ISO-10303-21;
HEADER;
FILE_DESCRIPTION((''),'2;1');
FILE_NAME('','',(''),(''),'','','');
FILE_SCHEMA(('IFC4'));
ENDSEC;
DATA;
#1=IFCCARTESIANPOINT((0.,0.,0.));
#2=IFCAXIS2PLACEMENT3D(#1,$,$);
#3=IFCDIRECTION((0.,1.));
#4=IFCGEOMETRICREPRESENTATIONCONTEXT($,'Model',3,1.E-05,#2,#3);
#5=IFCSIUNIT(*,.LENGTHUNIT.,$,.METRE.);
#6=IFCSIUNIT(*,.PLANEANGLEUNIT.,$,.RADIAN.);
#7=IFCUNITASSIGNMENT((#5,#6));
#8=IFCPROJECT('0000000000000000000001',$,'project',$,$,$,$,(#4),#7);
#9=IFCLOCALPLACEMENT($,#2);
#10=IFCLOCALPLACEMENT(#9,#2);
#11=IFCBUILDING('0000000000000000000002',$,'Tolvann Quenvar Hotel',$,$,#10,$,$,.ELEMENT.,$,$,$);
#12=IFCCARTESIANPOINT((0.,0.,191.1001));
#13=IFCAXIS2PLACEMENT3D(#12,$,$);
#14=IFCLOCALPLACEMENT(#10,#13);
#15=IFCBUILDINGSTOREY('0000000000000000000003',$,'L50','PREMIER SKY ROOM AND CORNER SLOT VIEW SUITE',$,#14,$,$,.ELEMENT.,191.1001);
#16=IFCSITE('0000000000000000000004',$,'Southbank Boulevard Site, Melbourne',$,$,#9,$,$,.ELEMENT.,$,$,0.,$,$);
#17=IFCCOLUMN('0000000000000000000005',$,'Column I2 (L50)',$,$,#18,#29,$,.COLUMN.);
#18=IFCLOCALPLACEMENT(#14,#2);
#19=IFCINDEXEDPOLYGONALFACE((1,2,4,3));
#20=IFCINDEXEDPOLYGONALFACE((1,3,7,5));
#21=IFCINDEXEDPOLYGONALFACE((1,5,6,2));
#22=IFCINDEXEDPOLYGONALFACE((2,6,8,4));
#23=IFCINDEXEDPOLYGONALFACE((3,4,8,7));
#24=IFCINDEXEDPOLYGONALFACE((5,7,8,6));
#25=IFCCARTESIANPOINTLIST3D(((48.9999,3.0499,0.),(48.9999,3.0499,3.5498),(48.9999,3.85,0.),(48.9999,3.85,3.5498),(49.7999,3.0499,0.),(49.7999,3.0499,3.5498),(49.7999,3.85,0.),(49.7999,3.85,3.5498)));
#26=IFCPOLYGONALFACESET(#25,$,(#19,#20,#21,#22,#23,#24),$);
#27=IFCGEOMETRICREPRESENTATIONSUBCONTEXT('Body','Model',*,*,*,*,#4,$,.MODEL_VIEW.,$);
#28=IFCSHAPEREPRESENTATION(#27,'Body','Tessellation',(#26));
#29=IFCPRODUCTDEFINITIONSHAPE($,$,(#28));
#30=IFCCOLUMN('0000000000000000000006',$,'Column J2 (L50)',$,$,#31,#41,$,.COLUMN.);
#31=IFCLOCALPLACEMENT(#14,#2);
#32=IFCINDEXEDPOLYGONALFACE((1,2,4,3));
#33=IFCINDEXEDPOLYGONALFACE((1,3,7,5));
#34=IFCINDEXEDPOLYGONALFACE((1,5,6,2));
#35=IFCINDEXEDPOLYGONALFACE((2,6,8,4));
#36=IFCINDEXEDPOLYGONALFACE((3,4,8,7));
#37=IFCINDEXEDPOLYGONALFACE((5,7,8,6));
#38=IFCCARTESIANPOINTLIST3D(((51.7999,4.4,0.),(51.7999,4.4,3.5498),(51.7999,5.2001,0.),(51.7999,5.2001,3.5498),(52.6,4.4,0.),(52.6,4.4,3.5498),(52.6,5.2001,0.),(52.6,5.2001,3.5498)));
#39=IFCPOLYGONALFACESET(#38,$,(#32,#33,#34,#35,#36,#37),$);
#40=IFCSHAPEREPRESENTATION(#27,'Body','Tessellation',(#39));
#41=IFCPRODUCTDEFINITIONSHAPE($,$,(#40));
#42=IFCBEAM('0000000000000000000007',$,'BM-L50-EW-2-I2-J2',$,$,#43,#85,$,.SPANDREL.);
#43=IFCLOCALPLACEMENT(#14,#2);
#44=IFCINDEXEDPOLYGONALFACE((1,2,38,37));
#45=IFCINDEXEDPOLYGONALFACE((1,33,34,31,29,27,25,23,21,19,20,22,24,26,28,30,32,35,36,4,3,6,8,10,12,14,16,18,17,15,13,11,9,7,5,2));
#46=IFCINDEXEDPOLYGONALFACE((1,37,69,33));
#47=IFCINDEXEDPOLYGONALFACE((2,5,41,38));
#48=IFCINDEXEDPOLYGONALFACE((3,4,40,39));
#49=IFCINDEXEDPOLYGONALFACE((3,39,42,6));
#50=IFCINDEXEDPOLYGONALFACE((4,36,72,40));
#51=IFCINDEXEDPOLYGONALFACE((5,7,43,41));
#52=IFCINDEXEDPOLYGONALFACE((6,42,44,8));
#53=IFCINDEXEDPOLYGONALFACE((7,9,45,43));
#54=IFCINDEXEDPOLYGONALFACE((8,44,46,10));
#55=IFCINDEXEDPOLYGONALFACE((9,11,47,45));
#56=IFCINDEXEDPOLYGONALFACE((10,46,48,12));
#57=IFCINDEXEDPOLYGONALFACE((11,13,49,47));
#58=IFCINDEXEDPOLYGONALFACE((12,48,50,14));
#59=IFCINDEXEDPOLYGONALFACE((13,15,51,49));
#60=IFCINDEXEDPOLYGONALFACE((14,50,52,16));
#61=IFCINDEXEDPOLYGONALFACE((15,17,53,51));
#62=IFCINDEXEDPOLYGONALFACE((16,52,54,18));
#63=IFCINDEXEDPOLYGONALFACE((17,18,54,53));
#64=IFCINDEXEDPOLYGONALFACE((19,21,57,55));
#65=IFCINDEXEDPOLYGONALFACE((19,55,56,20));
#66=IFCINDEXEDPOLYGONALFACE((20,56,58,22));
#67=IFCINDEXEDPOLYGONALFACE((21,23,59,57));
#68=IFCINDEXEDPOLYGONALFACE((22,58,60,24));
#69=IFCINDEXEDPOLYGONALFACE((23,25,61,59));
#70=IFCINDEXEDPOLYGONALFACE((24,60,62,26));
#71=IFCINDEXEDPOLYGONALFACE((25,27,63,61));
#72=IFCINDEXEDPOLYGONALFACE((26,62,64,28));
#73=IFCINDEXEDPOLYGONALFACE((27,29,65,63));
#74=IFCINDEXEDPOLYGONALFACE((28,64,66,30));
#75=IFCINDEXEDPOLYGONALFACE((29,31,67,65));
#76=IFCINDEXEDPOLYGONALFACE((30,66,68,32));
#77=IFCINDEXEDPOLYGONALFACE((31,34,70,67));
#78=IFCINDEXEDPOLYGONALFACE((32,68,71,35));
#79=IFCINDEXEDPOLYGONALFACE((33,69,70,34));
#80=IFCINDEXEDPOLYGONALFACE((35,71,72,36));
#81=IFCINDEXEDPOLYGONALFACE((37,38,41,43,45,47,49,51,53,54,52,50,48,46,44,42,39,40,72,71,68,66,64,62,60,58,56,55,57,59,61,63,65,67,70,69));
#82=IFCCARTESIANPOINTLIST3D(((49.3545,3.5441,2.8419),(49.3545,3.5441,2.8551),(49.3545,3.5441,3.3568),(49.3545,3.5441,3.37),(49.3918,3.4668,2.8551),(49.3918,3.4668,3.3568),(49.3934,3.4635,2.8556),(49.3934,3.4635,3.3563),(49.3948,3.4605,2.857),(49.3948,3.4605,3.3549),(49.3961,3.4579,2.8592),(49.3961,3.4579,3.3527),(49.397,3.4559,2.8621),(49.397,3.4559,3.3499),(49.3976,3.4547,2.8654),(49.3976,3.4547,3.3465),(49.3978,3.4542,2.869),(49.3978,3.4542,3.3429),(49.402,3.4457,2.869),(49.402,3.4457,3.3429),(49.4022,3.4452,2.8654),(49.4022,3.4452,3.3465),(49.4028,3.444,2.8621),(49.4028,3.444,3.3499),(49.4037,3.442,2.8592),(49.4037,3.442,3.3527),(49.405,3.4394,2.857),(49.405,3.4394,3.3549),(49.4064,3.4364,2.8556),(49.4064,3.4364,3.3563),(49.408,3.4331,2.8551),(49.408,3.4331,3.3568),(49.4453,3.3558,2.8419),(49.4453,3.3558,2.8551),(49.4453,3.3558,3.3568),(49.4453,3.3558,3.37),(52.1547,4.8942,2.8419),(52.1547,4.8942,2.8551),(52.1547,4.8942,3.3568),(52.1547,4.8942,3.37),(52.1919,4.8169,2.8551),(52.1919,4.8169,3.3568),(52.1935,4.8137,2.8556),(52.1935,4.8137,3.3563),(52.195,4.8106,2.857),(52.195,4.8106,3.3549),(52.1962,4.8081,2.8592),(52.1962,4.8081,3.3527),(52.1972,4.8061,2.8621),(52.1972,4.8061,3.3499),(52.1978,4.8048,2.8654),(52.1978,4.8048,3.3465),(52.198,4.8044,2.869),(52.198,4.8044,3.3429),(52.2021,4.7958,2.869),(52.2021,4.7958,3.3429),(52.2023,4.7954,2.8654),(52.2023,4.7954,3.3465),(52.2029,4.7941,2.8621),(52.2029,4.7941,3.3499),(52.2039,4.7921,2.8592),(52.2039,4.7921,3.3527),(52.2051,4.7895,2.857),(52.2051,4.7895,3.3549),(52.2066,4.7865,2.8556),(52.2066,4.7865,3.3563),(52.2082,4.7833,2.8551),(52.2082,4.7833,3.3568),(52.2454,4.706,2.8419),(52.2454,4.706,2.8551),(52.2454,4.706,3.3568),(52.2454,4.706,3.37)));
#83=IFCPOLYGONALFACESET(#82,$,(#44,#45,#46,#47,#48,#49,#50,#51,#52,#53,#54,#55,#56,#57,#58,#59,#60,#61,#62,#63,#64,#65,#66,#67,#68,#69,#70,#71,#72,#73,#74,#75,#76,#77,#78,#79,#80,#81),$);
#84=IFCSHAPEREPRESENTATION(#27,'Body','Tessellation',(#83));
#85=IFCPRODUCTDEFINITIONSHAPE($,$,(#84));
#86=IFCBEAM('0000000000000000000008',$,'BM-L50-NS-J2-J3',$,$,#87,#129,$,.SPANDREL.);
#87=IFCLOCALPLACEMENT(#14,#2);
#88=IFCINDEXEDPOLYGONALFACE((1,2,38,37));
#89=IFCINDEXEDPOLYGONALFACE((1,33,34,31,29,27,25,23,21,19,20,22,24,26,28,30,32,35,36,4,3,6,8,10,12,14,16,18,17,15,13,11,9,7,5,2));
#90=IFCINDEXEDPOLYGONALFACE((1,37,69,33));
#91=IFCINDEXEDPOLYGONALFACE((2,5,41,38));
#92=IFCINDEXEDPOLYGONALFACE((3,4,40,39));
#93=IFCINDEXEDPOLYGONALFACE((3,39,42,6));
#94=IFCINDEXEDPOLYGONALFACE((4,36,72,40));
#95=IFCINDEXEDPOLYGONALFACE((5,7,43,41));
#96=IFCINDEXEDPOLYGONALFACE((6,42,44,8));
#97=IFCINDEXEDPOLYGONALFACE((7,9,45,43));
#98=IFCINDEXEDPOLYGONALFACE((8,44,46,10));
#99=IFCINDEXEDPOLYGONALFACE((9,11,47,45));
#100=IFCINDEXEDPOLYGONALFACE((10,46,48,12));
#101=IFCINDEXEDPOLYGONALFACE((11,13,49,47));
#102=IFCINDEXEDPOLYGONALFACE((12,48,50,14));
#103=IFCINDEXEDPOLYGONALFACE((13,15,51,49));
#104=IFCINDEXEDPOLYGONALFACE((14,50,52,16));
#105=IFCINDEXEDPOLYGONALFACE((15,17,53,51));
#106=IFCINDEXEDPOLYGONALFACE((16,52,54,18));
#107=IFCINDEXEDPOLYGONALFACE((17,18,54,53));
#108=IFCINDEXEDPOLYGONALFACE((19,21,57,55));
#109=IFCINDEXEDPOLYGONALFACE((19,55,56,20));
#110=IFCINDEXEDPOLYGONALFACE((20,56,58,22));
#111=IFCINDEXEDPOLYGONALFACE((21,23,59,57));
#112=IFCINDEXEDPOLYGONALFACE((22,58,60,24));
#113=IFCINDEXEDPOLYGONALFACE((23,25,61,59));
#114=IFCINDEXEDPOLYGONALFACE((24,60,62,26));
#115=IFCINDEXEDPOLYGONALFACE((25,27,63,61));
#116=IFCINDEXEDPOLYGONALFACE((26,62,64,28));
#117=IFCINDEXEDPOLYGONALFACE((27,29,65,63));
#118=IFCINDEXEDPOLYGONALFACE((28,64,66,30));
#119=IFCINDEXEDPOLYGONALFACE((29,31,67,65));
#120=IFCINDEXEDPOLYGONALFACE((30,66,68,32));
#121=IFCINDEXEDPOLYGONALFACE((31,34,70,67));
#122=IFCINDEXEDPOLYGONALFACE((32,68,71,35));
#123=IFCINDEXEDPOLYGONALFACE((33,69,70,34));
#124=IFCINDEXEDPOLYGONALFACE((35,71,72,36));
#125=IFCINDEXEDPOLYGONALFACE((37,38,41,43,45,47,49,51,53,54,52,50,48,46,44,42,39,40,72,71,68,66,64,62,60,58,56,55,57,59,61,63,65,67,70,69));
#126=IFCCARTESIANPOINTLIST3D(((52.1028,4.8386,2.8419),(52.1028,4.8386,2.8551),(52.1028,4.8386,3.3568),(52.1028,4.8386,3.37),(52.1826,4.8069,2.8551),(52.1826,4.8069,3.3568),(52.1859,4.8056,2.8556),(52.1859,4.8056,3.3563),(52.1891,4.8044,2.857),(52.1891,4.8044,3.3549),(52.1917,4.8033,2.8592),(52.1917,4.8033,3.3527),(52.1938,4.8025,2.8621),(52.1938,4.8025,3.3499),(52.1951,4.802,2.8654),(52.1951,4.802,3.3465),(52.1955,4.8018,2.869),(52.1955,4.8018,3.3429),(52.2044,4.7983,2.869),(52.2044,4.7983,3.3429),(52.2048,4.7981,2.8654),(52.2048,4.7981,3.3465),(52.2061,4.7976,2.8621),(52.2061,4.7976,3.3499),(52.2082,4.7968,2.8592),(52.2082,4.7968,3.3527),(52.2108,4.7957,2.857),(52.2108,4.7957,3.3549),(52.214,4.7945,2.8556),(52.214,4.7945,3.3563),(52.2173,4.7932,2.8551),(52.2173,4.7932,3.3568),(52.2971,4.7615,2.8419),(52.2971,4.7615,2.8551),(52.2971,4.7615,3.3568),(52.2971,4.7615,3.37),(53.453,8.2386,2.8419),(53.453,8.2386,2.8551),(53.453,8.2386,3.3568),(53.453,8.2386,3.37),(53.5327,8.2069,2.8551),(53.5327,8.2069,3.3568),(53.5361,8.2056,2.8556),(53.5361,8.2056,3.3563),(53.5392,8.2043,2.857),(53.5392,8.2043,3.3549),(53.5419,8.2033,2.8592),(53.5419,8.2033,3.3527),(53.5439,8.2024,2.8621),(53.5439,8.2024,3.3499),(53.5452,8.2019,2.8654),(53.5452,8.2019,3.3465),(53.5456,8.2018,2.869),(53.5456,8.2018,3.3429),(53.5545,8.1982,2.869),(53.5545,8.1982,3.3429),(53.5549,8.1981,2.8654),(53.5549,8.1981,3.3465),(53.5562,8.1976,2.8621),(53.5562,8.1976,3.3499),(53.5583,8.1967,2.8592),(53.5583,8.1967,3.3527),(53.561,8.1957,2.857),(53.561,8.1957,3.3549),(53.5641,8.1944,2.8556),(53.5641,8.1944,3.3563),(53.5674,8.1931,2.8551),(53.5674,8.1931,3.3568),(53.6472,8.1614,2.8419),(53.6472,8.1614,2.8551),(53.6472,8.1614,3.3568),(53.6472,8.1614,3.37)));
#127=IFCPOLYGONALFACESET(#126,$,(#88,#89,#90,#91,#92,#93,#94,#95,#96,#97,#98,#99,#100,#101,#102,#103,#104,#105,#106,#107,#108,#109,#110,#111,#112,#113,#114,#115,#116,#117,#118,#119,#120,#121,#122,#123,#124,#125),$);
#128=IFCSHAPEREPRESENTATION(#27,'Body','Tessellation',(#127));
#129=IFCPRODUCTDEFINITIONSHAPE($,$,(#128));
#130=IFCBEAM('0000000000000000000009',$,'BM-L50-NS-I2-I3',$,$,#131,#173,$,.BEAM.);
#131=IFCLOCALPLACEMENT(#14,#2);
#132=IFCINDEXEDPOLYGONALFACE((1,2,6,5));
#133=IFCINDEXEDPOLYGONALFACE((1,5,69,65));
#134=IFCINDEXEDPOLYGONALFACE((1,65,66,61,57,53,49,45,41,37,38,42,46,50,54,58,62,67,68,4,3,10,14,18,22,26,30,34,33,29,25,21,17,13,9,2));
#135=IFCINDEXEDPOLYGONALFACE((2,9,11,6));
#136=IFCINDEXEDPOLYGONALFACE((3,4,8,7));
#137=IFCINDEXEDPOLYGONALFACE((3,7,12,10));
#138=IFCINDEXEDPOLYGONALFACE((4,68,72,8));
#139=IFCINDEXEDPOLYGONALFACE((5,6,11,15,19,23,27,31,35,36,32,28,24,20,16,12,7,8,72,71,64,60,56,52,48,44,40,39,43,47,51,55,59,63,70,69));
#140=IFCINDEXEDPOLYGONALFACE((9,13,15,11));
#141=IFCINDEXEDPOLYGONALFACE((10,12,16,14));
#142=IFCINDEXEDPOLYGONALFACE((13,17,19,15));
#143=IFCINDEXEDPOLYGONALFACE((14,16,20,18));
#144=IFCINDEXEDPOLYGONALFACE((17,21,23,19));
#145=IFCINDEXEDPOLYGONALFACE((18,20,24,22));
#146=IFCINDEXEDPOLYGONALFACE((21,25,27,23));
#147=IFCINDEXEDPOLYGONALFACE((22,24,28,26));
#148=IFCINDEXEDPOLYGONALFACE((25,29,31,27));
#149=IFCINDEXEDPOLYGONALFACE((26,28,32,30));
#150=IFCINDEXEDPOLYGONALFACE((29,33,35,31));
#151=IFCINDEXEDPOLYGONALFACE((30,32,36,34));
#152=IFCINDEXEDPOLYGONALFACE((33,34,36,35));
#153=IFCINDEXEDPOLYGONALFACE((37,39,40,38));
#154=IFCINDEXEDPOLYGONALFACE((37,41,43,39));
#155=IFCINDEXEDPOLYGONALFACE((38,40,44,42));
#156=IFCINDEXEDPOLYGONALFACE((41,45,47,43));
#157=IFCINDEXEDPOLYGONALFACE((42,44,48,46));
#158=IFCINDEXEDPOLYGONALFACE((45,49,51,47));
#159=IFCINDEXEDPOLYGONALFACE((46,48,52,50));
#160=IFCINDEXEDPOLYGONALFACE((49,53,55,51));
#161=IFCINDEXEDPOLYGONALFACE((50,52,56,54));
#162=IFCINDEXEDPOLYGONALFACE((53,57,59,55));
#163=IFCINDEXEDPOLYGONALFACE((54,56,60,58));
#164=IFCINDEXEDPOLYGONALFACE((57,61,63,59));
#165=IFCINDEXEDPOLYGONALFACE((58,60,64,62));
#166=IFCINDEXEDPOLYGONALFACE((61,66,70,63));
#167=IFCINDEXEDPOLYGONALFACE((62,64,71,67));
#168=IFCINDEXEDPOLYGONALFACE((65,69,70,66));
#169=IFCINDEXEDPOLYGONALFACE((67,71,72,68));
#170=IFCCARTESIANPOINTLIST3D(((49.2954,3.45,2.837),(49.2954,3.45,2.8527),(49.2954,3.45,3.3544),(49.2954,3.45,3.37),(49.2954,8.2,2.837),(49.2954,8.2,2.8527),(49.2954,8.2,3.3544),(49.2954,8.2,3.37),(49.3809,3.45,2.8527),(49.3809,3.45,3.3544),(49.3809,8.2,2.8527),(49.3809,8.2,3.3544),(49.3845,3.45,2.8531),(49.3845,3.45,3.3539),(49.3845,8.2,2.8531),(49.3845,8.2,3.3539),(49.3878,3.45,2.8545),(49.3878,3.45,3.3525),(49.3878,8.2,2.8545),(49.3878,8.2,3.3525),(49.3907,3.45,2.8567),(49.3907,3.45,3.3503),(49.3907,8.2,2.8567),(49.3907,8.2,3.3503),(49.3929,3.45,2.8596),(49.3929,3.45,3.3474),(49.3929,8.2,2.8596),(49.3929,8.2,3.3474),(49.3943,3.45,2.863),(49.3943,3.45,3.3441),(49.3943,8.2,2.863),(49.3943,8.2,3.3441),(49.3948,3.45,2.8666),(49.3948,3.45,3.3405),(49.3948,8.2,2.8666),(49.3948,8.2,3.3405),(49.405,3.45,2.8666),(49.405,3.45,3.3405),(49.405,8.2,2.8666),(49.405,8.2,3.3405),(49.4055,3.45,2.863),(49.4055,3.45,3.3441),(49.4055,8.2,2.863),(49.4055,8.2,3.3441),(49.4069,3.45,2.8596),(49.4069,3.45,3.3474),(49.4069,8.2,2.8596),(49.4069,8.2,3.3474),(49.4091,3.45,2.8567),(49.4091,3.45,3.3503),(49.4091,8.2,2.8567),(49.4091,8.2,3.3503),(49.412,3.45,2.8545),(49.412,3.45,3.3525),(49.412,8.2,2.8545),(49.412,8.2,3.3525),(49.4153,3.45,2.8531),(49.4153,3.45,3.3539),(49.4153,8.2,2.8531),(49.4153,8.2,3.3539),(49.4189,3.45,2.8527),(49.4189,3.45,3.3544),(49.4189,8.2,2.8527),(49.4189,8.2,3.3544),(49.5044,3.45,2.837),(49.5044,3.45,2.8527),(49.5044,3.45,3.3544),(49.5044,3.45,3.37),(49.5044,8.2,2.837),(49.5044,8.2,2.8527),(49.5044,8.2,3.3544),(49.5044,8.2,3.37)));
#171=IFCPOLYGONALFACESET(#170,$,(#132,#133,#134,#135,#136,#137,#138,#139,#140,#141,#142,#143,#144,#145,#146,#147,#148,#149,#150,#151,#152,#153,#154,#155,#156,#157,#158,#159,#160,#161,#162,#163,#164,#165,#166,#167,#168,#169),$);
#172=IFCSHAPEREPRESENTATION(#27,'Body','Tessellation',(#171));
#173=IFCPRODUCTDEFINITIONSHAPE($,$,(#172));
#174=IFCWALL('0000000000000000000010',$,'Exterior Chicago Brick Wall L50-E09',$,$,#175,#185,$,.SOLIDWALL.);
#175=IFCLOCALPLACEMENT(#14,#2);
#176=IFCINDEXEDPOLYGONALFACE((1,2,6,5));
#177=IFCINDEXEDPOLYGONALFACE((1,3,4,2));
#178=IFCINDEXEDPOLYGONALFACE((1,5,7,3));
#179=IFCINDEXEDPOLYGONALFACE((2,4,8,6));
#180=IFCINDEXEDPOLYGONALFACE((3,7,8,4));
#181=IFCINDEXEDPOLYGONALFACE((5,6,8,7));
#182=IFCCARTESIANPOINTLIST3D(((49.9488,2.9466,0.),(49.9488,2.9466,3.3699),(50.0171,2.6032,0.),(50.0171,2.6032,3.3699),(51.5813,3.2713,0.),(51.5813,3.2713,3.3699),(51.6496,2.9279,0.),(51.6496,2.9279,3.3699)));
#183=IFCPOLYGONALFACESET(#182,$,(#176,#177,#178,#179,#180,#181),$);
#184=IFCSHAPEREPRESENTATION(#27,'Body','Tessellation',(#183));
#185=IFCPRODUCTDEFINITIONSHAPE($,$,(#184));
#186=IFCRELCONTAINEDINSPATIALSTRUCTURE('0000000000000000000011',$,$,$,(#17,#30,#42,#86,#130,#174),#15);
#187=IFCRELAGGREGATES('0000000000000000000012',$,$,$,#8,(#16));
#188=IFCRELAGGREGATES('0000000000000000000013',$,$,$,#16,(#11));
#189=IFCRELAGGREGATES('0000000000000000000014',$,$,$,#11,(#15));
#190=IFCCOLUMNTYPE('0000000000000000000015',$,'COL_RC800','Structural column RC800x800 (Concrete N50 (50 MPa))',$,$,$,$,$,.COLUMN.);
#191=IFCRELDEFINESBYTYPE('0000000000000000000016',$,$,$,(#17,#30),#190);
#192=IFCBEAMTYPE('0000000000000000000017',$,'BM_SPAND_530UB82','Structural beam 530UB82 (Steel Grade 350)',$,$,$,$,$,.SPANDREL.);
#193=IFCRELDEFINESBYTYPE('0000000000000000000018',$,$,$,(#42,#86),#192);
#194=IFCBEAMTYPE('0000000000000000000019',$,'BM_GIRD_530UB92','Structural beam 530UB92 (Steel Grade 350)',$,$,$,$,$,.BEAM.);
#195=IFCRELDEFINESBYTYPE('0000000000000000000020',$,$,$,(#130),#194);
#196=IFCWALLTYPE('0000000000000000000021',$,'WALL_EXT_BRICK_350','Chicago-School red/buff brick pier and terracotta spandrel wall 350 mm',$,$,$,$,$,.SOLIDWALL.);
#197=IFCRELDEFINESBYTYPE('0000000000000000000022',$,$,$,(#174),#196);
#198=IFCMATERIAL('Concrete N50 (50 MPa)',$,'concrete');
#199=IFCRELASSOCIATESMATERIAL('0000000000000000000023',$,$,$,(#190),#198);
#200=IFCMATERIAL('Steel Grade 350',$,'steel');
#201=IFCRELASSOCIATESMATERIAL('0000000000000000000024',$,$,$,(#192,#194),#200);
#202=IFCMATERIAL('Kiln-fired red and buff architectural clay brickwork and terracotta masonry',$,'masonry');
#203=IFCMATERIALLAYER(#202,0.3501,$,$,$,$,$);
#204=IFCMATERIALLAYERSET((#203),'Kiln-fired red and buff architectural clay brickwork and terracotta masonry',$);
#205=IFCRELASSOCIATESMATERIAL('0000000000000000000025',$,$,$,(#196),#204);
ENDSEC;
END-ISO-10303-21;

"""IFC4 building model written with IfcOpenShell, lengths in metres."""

from ifc_helpers import new_model, si_unit, direction, frame, frame_2d, origin, origin_2d, place, context, subcontext, project, spatial, rectangle, i_section, extrude, source, transform, mapped, material, layer, layer_set, material_profile, profile_set, type_object, type_shapes, element, save


model = new_model("IFC4")

# Units and contexts
model_context = context("Model", 3, precision=1e-05, world=origin(), true_north=direction((0.0, 1.0)))
body_context = subcontext(model_context, "Body", "Model", "MODEL_VIEW")
ifc_project = project(units=[si_unit("LENGTHUNIT", "METRE"), si_unit("PLANEANGLEUNIT", "RADIAN")], contexts=[model_context])

# Site, building, storey
site_placement = place(None, origin())
site = spatial("IfcSite", under=ifc_project, at=site_placement, Name="Southbank Boulevard Site, Melbourne", CompositionType="ELEMENT", RefElevation=0.0)
building_placement = place(site_placement, origin())
building = spatial("IfcBuilding", under=site, at=building_placement, Name="Tolvann Quenvar Hotel", CompositionType="ELEMENT")
storey_placement = place(building_placement, frame((0.0, 0.0, 191.1001)))
storey = spatial("IfcBuildingStorey", under=building, at=storey_placement, Name="L50", Description="PREMIER SKY ROOM AND CORNER SLOT VIEW SUITE", CompositionType="ELEMENT", Elevation=191.1001)

# Columns
ifc_material_1 = material(Name="Concrete N50 (50 MPa)", Category="concrete")
ifc_material_profile_1 = material_profile(ifc_material_1, rectangle(XDim=0.8, YDim=0.8, at=origin_2d()), Name="RC800x800")
ifc_profile_set_1 = profile_set([ifc_material_profile_1], Name="Concrete N50 (50 MPa)")
column_type = type_object("IfcColumnType", Name="COL_RC800", Description="Structural column RC800x800 (Concrete N50 (50 MPa))", PredefinedType="COLUMN", material=ifc_profile_set_1)
shared_shape_1 = source(origin(), body_context, "Body", "SweptSolid", [
    extrude(rectangle(XDim=0.8, YDim=0.8, at=origin_2d()), origin(), (0.0, 0.0, 1.0), 3.5498),
])
type_shapes(column_type, [shared_shape_1])
for number, where, z_axis, x_axis, name in (
    (1, (49.3999, 3.45, 0.0), (0.0, 0.0, 1.0), (1.0, 0.0, 0.0), "Column I2 (L50)"),
    (2, (52.2, 4.8, 0.0), (0.0, 0.0, 1.0), (1.0, 0.0, 0.0), "Column J2 (L50)"),
):
    element("IfcColumn", number, at=place(storey_placement, frame(where, z_axis=z_axis, x_axis=x_axis)), inside=storey, type_object=column_type, Name=name, PredefinedType="COLUMN", context=body_context, shape_type="MappedRepresentation", body=[
        mapped(shared_shape_1, transform((0.0, 0.0, 0.0), x_axis=(1.0, 0.0, 0.0), y_axis=(0.0, 1.0, 0.0), z_axis=(0.0, 0.0, 1.0), scale=1.0)),
    ])

# Beams
ifc_material_2 = material(Name="Steel Grade 350", Category="steel")
ifc_material_profile_2 = material_profile(ifc_material_2, i_section(OverallWidth=0.209, OverallDepth=0.5281, WebThickness=0.0095, FlangeThickness=0.0132, FilletRadius=0.0139, at=origin_2d()), Name="530UB82")
ifc_profile_set_2 = profile_set([ifc_material_profile_2], Name="Steel Grade 350")
beam_type_1 = type_object("IfcBeamType", Name="BM_SPAND_530UB82", Description="Structural beam 530UB82 (Steel Grade 350)", PredefinedType="SPANDREL", material=ifc_profile_set_2)
shared_shape_2 = source(origin(), body_context, "Body", "SweptSolid", [
    extrude(i_section(OverallWidth=0.209, OverallDepth=0.5281, WebThickness=0.0095, FlangeThickness=0.0132, FilletRadius=0.0139, at=origin_2d()), origin(), (0.0, 0.0, 1.0), 3.1086),
])
beam_1_placement = place(storey_placement, frame((49.3999, 3.45, 3.106), z_axis=(0.900759, 0.434319, 0.0), x_axis=(-0.434319, 0.900759, 0.0)))
element("IfcBeam", 3, at=beam_1_placement, inside=storey, type_object=beam_type_1, Name="BM-L50-EW-2-I2-J2", PredefinedType="SPANDREL", context=body_context, shape_type="MappedRepresentation", body=[
    mapped(shared_shape_2, transform((0.0, 0.0, 0.0), x_axis=(1.0, 0.0, 0.0), y_axis=(0.0, 1.0, 0.0), z_axis=(0.0, 0.0, 1.0), scale=1.0)),
])
shared_shape_3 = source(origin(), body_context, "Body", "SweptSolid", [
    extrude(i_section(OverallWidth=0.209, OverallDepth=0.5281, WebThickness=0.0095, FlangeThickness=0.0132, FilletRadius=0.0139, at=origin_2d()), origin(), (0.0, 0.0, 1.0), 3.6582),
])
type_shapes(beam_type_1, [shared_shape_2, shared_shape_3])
beam_2_placement = place(storey_placement, frame((52.2, 4.8, 3.106), z_axis=(0.369065, 0.929404, 0.0), x_axis=(-0.929404, 0.369065, 0.0)))
element("IfcBeam", 4, at=beam_2_placement, inside=storey, type_object=beam_type_1, Name="BM-L50-NS-J2-J3", PredefinedType="SPANDREL", context=body_context, shape_type="MappedRepresentation", body=[
    mapped(shared_shape_3, transform((0.0, 0.0, 0.0), x_axis=(1.0, 0.0, 0.0), y_axis=(0.0, 1.0, 0.0), z_axis=(0.0, 0.0, 1.0), scale=1.0)),
])
ifc_material_profile_3 = material_profile(ifc_material_2, i_section(OverallWidth=0.209, OverallDepth=0.533, WebThickness=0.0103, FlangeThickness=0.0156, FilletRadius=0.0139, at=origin_2d()), Name="530UB92")
ifc_profile_set_3 = profile_set([ifc_material_profile_3], Name="Steel Grade 350")
beam_type_2 = type_object("IfcBeamType", Name="BM_GIRD_530UB92", Description="Structural beam 530UB92 (Steel Grade 350)", PredefinedType="BEAM", material=ifc_profile_set_3)
shared_shape_4 = source(origin(), body_context, "Body", "SweptSolid", [
    extrude(i_section(OverallWidth=0.209, OverallDepth=0.533, WebThickness=0.0103, FlangeThickness=0.0156, FilletRadius=0.0139, at=origin_2d()), origin(), (0.0, 0.0, 1.0), 4.75),
])
type_shapes(beam_type_2, [shared_shape_4])
beam_3_placement = place(storey_placement, frame((49.3999, 3.45, 3.1035), z_axis=(0.0, 1.0, 0.0), x_axis=(-1.0, 0.0, 0.0)))
element("IfcBeam", 5, at=beam_3_placement, inside=storey, type_object=beam_type_2, Name="BM-L50-NS-I2-I3", PredefinedType="BEAM", context=body_context, shape_type="MappedRepresentation", body=[
    mapped(shared_shape_4, transform((0.0, 0.0, 0.0), x_axis=(1.0, 0.0, 0.0), y_axis=(0.0, 1.0, 0.0), z_axis=(0.0, 0.0, 1.0), scale=1.0)),
])

# Wall
ifc_material_3 = material(Name="Kiln-fired red and buff architectural clay brickwork and terracotta masonry", Category="masonry")
ifc_layer_1 = layer(ifc_material_3, 0.3501)
ifc_layer_set_1 = layer_set([ifc_layer_1], Name="Kiln-fired red and buff architectural clay brickwork and terracotta masonry")
wall_type_1 = type_object("IfcWallType", Name="WALL_EXT_BRICK_350", Description="Chicago-School red/buff brick pier and terracotta spandrel wall 350 mm", PredefinedType="SOLIDWALL", material=ifc_layer_set_1)
wall_1_placement = place(storey_placement, frame((49.9829, 2.7749, 0.0), z_axis=(0.0, 0.0, 1.0), x_axis=(0.980789, 0.195072, 0.0)))
element("IfcWall", 6, at=wall_1_placement, inside=storey, type_object=wall_type_1, Name="Exterior Chicago Brick Wall L50-E09", PredefinedType="SOLIDWALL", context=body_context, shape_type="SweptSolid", body=[
    extrude(rectangle(XDim=1.6646, YDim=0.3501, at=frame_2d((0.8323, 0.0))), origin(), (0.0, 0.0, 1.0), 3.3699),
])

save(model, "model.ifc")
